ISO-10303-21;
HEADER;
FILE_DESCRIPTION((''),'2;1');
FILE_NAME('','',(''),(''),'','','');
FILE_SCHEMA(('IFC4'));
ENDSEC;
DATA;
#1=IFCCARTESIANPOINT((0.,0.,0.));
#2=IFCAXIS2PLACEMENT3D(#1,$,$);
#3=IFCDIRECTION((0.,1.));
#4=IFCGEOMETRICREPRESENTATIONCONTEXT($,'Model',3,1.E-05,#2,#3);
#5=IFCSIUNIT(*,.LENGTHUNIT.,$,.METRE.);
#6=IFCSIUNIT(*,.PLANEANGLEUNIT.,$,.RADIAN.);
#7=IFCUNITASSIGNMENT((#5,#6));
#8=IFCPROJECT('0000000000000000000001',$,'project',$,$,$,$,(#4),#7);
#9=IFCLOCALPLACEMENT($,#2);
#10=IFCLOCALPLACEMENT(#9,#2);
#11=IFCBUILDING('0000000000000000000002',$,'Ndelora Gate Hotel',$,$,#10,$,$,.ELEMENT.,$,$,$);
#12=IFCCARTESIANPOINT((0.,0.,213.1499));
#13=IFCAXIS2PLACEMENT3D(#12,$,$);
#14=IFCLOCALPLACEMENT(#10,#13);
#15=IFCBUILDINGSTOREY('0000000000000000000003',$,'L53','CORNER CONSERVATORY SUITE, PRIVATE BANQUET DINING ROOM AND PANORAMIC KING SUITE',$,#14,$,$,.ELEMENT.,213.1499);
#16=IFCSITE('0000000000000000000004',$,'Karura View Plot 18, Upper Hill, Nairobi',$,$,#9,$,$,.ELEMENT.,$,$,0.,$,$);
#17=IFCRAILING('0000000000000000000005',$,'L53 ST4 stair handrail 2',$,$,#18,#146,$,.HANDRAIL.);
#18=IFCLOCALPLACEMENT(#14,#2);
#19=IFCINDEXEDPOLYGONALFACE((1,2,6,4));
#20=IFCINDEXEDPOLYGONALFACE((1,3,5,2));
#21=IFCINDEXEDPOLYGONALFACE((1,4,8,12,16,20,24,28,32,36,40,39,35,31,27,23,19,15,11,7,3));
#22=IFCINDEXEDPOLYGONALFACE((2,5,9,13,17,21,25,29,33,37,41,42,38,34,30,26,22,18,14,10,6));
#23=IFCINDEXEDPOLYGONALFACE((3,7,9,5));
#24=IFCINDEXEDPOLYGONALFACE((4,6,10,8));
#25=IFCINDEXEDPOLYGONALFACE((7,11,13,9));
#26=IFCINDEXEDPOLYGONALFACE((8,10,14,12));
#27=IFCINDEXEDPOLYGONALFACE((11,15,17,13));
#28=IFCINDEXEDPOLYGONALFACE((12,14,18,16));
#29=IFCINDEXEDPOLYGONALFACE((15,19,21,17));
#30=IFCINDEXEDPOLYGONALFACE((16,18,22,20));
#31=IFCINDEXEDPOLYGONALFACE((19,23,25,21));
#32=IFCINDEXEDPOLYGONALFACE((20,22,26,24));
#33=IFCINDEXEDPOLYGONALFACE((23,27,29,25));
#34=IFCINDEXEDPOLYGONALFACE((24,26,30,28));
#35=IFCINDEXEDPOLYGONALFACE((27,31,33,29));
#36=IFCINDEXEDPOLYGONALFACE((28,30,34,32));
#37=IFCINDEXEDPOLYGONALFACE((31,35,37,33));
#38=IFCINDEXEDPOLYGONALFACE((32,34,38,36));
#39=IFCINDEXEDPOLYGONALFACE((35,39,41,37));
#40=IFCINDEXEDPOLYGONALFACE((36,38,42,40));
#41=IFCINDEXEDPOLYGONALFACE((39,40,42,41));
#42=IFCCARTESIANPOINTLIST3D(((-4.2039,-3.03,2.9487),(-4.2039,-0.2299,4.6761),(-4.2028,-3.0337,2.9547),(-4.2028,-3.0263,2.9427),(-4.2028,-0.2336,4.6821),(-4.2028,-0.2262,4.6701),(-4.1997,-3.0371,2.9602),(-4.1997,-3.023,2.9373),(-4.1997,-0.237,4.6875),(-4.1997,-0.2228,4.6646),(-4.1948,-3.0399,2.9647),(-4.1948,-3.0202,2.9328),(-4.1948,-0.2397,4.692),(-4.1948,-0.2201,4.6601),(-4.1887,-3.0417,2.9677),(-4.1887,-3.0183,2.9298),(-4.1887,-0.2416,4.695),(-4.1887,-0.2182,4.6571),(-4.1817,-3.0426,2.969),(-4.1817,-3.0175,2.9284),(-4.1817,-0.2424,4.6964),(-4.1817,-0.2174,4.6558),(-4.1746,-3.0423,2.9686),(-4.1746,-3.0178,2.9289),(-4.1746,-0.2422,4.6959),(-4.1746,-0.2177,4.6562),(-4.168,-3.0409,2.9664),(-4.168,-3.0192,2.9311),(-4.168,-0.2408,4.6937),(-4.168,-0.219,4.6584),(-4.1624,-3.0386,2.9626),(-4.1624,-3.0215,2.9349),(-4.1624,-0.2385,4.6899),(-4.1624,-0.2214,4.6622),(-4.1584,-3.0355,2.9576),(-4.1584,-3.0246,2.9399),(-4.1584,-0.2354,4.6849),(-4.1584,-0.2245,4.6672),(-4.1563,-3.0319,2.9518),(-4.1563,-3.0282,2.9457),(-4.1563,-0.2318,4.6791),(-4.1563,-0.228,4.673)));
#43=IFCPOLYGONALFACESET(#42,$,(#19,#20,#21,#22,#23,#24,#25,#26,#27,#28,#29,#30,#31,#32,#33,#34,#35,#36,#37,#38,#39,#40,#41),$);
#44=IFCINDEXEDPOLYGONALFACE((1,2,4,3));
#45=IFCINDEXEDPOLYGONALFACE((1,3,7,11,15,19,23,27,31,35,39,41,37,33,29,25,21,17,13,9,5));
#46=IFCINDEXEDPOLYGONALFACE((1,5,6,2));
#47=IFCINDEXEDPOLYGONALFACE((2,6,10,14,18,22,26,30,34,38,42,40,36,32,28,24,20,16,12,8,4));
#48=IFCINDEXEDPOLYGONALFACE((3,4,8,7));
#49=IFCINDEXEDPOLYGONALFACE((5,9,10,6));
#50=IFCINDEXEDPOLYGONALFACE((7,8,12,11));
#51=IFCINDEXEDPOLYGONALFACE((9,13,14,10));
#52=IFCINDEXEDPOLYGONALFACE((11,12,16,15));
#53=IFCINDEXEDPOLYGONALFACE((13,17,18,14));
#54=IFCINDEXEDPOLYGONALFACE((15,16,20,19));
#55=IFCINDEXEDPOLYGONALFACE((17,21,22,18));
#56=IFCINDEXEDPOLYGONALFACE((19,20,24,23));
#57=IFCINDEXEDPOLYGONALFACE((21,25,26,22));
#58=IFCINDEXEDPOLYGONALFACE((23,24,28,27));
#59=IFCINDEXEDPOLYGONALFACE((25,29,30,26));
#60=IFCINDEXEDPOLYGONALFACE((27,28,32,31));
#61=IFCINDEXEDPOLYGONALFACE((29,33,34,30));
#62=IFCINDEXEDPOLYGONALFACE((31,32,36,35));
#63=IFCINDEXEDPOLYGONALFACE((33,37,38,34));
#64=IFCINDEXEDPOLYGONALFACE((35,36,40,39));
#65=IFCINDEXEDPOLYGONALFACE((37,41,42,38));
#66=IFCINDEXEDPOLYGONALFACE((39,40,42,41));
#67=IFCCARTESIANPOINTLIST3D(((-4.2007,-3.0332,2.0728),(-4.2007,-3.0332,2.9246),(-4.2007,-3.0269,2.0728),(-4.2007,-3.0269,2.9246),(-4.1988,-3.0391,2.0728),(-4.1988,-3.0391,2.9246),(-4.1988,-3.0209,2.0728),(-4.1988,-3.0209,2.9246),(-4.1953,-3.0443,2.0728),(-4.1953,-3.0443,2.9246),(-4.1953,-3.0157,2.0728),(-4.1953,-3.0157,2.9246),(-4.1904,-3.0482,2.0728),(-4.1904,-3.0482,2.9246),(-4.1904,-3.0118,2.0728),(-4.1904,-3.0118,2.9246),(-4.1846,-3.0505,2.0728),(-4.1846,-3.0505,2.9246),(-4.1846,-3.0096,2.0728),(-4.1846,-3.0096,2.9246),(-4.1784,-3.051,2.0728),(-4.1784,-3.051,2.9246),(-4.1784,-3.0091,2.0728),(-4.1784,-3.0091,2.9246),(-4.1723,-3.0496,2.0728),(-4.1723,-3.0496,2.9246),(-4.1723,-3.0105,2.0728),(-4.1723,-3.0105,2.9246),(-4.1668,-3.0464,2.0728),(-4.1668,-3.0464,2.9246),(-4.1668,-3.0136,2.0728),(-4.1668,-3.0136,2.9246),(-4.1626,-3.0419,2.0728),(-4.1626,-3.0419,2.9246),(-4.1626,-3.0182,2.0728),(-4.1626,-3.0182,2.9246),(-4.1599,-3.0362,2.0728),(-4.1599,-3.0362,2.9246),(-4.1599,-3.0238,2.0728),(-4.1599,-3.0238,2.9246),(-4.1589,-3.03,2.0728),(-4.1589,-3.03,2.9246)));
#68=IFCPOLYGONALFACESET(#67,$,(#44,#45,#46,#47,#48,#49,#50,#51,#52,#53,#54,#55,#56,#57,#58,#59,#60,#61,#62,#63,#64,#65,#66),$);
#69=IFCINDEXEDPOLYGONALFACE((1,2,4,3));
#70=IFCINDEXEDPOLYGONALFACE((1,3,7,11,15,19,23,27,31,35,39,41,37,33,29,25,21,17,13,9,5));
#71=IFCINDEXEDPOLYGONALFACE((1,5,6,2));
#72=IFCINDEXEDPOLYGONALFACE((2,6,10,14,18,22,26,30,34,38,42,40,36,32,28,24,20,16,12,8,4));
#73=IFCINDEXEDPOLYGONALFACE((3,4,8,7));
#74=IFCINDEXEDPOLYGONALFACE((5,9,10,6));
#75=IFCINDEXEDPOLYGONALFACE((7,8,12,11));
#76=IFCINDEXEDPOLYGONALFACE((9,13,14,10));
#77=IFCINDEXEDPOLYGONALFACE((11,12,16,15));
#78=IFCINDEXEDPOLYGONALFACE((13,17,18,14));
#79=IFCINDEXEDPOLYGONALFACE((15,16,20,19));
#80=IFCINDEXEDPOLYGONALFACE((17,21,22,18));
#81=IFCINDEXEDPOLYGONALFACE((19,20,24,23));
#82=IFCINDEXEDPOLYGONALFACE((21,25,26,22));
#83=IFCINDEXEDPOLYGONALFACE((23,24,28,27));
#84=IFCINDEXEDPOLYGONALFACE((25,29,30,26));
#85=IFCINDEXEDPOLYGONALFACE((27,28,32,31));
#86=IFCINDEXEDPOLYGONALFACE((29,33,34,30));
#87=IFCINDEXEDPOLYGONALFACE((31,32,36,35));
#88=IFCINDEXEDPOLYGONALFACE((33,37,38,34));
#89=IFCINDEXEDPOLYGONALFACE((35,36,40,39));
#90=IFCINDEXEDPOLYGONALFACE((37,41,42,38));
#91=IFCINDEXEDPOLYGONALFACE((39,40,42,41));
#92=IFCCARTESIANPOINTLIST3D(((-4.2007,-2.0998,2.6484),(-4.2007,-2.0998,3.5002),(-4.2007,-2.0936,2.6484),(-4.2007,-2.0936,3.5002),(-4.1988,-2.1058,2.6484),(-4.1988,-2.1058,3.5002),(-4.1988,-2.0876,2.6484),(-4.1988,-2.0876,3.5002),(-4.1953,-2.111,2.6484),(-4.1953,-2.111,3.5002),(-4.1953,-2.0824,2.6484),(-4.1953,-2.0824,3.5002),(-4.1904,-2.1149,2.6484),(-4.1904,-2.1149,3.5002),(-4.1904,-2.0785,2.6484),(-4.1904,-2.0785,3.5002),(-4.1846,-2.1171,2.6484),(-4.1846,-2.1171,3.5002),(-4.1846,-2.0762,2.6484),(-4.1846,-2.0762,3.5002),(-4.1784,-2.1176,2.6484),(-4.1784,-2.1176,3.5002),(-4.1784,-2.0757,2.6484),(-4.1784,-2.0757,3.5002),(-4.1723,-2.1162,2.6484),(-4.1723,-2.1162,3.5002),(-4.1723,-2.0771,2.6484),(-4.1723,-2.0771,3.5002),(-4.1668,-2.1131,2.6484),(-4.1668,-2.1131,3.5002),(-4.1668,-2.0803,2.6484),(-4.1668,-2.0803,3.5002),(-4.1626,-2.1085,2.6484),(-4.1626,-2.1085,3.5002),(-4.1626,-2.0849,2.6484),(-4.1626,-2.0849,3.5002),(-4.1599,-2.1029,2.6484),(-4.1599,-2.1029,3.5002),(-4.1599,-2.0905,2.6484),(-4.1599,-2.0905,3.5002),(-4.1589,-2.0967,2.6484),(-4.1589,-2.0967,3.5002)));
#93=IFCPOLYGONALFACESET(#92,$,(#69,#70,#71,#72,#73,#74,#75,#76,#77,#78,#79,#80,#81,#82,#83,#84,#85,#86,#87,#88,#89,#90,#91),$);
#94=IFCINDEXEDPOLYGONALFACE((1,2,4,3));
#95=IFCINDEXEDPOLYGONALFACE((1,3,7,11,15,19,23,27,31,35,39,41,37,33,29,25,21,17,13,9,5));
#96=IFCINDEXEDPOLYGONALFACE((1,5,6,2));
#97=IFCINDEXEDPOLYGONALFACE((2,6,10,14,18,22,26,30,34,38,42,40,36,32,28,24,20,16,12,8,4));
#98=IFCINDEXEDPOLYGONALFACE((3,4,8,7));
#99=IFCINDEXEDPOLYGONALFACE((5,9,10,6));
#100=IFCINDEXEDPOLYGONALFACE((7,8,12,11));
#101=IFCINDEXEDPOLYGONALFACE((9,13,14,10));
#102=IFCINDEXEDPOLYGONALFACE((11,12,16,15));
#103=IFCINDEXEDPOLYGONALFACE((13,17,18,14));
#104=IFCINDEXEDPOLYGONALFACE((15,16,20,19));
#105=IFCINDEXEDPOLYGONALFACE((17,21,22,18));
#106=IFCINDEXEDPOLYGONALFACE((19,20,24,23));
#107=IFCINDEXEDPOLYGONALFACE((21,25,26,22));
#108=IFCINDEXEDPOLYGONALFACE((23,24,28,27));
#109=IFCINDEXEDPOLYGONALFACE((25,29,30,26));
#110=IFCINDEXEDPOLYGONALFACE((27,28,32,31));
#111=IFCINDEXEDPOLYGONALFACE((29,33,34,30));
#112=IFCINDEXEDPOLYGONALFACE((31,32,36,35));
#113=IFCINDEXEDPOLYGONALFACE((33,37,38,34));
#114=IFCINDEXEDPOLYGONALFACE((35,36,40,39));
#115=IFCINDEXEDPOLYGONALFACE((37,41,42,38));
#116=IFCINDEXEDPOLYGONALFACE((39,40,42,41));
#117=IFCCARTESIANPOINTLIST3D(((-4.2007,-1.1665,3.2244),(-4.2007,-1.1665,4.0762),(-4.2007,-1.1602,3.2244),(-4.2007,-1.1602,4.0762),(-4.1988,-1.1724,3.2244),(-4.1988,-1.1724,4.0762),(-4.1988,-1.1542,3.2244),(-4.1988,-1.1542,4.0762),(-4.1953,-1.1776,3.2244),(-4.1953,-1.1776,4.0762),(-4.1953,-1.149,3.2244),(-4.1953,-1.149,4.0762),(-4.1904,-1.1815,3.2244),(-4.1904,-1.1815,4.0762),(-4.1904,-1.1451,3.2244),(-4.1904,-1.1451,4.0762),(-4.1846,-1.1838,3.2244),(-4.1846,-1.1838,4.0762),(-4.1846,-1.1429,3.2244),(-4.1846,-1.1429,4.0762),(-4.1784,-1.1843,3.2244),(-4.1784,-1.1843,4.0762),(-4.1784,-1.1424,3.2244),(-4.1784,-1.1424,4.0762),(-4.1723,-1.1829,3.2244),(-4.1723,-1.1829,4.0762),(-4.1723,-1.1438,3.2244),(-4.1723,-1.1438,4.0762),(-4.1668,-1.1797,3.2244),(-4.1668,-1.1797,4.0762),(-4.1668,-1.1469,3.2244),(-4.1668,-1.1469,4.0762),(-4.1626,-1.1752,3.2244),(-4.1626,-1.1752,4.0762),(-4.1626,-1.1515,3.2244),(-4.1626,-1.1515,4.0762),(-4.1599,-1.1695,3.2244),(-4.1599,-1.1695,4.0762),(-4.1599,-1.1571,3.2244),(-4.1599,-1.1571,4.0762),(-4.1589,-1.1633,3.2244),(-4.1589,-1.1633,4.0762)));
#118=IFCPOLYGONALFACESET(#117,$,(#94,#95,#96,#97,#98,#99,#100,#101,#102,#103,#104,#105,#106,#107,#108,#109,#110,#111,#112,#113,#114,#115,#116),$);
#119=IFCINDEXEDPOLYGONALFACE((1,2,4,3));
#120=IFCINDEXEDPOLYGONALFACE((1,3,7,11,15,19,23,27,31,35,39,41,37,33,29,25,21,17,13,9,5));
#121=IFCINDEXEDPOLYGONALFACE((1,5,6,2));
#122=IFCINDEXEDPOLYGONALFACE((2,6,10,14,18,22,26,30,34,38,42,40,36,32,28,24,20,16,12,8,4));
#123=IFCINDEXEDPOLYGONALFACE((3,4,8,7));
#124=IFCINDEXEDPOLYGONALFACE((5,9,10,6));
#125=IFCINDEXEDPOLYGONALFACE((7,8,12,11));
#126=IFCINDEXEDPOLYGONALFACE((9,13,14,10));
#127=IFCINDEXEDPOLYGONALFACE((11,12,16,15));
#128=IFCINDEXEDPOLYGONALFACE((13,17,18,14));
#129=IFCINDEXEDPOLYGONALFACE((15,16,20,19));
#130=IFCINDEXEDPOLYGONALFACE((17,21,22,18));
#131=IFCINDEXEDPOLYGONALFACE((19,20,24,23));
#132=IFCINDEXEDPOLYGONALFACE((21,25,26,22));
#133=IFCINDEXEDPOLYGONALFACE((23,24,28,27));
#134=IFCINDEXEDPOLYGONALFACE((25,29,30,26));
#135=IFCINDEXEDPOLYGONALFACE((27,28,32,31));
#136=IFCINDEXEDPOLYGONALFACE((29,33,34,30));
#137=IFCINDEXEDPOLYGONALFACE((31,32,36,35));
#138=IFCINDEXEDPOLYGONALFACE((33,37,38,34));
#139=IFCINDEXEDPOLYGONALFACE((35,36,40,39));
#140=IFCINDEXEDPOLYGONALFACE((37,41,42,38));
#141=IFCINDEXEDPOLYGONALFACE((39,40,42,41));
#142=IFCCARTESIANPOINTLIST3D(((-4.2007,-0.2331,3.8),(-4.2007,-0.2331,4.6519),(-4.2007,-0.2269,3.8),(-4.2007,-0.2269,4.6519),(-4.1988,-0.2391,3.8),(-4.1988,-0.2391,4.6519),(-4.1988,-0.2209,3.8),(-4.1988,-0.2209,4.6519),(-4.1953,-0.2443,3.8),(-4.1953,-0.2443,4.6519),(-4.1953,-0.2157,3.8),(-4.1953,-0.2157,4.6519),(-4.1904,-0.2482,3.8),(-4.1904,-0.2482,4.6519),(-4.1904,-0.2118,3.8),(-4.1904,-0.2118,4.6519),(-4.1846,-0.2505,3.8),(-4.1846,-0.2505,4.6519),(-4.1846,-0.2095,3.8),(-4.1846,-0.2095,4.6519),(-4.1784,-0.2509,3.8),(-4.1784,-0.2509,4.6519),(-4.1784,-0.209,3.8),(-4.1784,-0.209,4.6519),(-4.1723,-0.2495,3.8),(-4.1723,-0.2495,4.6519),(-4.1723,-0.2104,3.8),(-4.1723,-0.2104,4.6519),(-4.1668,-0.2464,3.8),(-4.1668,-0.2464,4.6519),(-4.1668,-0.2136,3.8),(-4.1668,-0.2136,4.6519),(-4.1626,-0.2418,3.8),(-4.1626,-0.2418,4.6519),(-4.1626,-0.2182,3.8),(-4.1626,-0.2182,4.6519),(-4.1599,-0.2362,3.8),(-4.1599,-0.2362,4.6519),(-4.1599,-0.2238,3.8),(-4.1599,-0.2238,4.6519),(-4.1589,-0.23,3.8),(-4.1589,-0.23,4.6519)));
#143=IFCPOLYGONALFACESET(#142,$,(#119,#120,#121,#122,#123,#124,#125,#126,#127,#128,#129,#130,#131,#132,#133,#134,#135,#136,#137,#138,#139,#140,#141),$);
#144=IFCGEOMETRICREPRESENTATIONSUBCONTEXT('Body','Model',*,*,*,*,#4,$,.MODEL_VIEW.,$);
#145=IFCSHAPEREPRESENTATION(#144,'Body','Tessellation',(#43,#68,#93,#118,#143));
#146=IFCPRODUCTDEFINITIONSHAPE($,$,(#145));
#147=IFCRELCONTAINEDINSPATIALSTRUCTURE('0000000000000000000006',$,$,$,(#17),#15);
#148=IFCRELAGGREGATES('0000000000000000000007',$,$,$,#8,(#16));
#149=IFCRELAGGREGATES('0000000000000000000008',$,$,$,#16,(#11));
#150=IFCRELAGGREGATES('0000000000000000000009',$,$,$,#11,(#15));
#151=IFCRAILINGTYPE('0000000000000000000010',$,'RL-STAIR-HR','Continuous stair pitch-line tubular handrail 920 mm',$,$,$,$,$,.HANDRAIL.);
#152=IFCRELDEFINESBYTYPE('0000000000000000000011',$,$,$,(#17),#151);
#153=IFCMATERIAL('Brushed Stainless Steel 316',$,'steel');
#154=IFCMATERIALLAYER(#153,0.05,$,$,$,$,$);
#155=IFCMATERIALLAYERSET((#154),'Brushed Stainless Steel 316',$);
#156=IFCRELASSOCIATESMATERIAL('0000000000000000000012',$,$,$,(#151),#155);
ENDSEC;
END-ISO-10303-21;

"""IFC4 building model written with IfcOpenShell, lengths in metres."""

from ifc_helpers import new_model, si_unit, direction, frame, origin, origin_2d, place, context, subcontext, project, spatial, circle, extrude, material, layer, layer_set, type_object, element, save


model = new_model("IFC4")

# Units and contexts
model_context = context("Model", 3, precision=1e-05, world=origin(), true_north=direction((0.0, 1.0)))
body_context = subcontext(model_context, "Body", "Model", "MODEL_VIEW")
ifc_project = project(units=[si_unit("LENGTHUNIT", "METRE"), si_unit("PLANEANGLEUNIT", "RADIAN")], contexts=[model_context])

# Site, building, storey
site_placement = place(None, origin())
site = spatial("IfcSite", under=ifc_project, at=site_placement, Name="Karura View Plot 18, Upper Hill, Nairobi", CompositionType="ELEMENT", RefElevation=0.0)
building_placement = place(site_placement, origin())
building = spatial("IfcBuilding", under=site, at=building_placement, Name="Ndelora Gate Hotel", CompositionType="ELEMENT")
storey_placement = place(building_placement, frame((0.0, 0.0, 213.1499)))
storey = spatial("IfcBuildingStorey", under=building, at=storey_placement, Name="L53", Description="CORNER CONSERVATORY SUITE, PRIVATE BANQUET DINING ROOM AND PANORAMIC KING SUITE", CompositionType="ELEMENT", Elevation=213.1499)

# Railing
ifc_material_1 = material(Name="Brushed Stainless Steel 316", Category="steel")
ifc_layer_1 = layer(ifc_material_1, 0.05)
ifc_layer_set_1 = layer_set([ifc_layer_1], Name="Brushed Stainless Steel 316")
railing_type_1 = type_object("IfcRailingType", Name="RL-STAIR-HR", Description="Continuous stair pitch-line tubular handrail 920 mm", PredefinedType="HANDRAIL", material=ifc_layer_set_1)
railing_1_placement = place(storey_placement, frame((-4.1799, -3.03, 2.0728)))
element("IfcRailing", 1, at=railing_1_placement, inside=storey, type_object=railing_type_1, Name="L53 ST4 stair handrail 2", PredefinedType="HANDRAIL", context=body_context, shape_type="SweptSolid", body=[
    extrude(circle(Radius=0.0239, at=origin_2d()), frame((0.0, 0.0, 0.876), z_axis=(0.0, 0.85109, 0.52502), x_axis=(-1.0, 0.0, 0.0)), (0.0, 0.0, 1.0), 3.29),
    extrude(circle(Radius=0.021, at=origin_2d()), origin(), (0.0, 0.0, 1.0), 0.8518),
    extrude(circle(Radius=0.021, at=origin_2d()), frame((0.0, 0.9333, 0.5757)), (0.0, 0.0, 1.0), 0.8518),
    extrude(circle(Radius=0.021, at=origin_2d()), frame((0.0, 1.8667, 1.1516)), (0.0, 0.0, 1.0), 0.8518),
    extrude(circle(Radius=0.021, at=origin_2d()), frame((0.0, 2.8, 1.7273)), (0.0, 0.0, 1.0), 0.8518),
])

save(model, "model.ifc")
